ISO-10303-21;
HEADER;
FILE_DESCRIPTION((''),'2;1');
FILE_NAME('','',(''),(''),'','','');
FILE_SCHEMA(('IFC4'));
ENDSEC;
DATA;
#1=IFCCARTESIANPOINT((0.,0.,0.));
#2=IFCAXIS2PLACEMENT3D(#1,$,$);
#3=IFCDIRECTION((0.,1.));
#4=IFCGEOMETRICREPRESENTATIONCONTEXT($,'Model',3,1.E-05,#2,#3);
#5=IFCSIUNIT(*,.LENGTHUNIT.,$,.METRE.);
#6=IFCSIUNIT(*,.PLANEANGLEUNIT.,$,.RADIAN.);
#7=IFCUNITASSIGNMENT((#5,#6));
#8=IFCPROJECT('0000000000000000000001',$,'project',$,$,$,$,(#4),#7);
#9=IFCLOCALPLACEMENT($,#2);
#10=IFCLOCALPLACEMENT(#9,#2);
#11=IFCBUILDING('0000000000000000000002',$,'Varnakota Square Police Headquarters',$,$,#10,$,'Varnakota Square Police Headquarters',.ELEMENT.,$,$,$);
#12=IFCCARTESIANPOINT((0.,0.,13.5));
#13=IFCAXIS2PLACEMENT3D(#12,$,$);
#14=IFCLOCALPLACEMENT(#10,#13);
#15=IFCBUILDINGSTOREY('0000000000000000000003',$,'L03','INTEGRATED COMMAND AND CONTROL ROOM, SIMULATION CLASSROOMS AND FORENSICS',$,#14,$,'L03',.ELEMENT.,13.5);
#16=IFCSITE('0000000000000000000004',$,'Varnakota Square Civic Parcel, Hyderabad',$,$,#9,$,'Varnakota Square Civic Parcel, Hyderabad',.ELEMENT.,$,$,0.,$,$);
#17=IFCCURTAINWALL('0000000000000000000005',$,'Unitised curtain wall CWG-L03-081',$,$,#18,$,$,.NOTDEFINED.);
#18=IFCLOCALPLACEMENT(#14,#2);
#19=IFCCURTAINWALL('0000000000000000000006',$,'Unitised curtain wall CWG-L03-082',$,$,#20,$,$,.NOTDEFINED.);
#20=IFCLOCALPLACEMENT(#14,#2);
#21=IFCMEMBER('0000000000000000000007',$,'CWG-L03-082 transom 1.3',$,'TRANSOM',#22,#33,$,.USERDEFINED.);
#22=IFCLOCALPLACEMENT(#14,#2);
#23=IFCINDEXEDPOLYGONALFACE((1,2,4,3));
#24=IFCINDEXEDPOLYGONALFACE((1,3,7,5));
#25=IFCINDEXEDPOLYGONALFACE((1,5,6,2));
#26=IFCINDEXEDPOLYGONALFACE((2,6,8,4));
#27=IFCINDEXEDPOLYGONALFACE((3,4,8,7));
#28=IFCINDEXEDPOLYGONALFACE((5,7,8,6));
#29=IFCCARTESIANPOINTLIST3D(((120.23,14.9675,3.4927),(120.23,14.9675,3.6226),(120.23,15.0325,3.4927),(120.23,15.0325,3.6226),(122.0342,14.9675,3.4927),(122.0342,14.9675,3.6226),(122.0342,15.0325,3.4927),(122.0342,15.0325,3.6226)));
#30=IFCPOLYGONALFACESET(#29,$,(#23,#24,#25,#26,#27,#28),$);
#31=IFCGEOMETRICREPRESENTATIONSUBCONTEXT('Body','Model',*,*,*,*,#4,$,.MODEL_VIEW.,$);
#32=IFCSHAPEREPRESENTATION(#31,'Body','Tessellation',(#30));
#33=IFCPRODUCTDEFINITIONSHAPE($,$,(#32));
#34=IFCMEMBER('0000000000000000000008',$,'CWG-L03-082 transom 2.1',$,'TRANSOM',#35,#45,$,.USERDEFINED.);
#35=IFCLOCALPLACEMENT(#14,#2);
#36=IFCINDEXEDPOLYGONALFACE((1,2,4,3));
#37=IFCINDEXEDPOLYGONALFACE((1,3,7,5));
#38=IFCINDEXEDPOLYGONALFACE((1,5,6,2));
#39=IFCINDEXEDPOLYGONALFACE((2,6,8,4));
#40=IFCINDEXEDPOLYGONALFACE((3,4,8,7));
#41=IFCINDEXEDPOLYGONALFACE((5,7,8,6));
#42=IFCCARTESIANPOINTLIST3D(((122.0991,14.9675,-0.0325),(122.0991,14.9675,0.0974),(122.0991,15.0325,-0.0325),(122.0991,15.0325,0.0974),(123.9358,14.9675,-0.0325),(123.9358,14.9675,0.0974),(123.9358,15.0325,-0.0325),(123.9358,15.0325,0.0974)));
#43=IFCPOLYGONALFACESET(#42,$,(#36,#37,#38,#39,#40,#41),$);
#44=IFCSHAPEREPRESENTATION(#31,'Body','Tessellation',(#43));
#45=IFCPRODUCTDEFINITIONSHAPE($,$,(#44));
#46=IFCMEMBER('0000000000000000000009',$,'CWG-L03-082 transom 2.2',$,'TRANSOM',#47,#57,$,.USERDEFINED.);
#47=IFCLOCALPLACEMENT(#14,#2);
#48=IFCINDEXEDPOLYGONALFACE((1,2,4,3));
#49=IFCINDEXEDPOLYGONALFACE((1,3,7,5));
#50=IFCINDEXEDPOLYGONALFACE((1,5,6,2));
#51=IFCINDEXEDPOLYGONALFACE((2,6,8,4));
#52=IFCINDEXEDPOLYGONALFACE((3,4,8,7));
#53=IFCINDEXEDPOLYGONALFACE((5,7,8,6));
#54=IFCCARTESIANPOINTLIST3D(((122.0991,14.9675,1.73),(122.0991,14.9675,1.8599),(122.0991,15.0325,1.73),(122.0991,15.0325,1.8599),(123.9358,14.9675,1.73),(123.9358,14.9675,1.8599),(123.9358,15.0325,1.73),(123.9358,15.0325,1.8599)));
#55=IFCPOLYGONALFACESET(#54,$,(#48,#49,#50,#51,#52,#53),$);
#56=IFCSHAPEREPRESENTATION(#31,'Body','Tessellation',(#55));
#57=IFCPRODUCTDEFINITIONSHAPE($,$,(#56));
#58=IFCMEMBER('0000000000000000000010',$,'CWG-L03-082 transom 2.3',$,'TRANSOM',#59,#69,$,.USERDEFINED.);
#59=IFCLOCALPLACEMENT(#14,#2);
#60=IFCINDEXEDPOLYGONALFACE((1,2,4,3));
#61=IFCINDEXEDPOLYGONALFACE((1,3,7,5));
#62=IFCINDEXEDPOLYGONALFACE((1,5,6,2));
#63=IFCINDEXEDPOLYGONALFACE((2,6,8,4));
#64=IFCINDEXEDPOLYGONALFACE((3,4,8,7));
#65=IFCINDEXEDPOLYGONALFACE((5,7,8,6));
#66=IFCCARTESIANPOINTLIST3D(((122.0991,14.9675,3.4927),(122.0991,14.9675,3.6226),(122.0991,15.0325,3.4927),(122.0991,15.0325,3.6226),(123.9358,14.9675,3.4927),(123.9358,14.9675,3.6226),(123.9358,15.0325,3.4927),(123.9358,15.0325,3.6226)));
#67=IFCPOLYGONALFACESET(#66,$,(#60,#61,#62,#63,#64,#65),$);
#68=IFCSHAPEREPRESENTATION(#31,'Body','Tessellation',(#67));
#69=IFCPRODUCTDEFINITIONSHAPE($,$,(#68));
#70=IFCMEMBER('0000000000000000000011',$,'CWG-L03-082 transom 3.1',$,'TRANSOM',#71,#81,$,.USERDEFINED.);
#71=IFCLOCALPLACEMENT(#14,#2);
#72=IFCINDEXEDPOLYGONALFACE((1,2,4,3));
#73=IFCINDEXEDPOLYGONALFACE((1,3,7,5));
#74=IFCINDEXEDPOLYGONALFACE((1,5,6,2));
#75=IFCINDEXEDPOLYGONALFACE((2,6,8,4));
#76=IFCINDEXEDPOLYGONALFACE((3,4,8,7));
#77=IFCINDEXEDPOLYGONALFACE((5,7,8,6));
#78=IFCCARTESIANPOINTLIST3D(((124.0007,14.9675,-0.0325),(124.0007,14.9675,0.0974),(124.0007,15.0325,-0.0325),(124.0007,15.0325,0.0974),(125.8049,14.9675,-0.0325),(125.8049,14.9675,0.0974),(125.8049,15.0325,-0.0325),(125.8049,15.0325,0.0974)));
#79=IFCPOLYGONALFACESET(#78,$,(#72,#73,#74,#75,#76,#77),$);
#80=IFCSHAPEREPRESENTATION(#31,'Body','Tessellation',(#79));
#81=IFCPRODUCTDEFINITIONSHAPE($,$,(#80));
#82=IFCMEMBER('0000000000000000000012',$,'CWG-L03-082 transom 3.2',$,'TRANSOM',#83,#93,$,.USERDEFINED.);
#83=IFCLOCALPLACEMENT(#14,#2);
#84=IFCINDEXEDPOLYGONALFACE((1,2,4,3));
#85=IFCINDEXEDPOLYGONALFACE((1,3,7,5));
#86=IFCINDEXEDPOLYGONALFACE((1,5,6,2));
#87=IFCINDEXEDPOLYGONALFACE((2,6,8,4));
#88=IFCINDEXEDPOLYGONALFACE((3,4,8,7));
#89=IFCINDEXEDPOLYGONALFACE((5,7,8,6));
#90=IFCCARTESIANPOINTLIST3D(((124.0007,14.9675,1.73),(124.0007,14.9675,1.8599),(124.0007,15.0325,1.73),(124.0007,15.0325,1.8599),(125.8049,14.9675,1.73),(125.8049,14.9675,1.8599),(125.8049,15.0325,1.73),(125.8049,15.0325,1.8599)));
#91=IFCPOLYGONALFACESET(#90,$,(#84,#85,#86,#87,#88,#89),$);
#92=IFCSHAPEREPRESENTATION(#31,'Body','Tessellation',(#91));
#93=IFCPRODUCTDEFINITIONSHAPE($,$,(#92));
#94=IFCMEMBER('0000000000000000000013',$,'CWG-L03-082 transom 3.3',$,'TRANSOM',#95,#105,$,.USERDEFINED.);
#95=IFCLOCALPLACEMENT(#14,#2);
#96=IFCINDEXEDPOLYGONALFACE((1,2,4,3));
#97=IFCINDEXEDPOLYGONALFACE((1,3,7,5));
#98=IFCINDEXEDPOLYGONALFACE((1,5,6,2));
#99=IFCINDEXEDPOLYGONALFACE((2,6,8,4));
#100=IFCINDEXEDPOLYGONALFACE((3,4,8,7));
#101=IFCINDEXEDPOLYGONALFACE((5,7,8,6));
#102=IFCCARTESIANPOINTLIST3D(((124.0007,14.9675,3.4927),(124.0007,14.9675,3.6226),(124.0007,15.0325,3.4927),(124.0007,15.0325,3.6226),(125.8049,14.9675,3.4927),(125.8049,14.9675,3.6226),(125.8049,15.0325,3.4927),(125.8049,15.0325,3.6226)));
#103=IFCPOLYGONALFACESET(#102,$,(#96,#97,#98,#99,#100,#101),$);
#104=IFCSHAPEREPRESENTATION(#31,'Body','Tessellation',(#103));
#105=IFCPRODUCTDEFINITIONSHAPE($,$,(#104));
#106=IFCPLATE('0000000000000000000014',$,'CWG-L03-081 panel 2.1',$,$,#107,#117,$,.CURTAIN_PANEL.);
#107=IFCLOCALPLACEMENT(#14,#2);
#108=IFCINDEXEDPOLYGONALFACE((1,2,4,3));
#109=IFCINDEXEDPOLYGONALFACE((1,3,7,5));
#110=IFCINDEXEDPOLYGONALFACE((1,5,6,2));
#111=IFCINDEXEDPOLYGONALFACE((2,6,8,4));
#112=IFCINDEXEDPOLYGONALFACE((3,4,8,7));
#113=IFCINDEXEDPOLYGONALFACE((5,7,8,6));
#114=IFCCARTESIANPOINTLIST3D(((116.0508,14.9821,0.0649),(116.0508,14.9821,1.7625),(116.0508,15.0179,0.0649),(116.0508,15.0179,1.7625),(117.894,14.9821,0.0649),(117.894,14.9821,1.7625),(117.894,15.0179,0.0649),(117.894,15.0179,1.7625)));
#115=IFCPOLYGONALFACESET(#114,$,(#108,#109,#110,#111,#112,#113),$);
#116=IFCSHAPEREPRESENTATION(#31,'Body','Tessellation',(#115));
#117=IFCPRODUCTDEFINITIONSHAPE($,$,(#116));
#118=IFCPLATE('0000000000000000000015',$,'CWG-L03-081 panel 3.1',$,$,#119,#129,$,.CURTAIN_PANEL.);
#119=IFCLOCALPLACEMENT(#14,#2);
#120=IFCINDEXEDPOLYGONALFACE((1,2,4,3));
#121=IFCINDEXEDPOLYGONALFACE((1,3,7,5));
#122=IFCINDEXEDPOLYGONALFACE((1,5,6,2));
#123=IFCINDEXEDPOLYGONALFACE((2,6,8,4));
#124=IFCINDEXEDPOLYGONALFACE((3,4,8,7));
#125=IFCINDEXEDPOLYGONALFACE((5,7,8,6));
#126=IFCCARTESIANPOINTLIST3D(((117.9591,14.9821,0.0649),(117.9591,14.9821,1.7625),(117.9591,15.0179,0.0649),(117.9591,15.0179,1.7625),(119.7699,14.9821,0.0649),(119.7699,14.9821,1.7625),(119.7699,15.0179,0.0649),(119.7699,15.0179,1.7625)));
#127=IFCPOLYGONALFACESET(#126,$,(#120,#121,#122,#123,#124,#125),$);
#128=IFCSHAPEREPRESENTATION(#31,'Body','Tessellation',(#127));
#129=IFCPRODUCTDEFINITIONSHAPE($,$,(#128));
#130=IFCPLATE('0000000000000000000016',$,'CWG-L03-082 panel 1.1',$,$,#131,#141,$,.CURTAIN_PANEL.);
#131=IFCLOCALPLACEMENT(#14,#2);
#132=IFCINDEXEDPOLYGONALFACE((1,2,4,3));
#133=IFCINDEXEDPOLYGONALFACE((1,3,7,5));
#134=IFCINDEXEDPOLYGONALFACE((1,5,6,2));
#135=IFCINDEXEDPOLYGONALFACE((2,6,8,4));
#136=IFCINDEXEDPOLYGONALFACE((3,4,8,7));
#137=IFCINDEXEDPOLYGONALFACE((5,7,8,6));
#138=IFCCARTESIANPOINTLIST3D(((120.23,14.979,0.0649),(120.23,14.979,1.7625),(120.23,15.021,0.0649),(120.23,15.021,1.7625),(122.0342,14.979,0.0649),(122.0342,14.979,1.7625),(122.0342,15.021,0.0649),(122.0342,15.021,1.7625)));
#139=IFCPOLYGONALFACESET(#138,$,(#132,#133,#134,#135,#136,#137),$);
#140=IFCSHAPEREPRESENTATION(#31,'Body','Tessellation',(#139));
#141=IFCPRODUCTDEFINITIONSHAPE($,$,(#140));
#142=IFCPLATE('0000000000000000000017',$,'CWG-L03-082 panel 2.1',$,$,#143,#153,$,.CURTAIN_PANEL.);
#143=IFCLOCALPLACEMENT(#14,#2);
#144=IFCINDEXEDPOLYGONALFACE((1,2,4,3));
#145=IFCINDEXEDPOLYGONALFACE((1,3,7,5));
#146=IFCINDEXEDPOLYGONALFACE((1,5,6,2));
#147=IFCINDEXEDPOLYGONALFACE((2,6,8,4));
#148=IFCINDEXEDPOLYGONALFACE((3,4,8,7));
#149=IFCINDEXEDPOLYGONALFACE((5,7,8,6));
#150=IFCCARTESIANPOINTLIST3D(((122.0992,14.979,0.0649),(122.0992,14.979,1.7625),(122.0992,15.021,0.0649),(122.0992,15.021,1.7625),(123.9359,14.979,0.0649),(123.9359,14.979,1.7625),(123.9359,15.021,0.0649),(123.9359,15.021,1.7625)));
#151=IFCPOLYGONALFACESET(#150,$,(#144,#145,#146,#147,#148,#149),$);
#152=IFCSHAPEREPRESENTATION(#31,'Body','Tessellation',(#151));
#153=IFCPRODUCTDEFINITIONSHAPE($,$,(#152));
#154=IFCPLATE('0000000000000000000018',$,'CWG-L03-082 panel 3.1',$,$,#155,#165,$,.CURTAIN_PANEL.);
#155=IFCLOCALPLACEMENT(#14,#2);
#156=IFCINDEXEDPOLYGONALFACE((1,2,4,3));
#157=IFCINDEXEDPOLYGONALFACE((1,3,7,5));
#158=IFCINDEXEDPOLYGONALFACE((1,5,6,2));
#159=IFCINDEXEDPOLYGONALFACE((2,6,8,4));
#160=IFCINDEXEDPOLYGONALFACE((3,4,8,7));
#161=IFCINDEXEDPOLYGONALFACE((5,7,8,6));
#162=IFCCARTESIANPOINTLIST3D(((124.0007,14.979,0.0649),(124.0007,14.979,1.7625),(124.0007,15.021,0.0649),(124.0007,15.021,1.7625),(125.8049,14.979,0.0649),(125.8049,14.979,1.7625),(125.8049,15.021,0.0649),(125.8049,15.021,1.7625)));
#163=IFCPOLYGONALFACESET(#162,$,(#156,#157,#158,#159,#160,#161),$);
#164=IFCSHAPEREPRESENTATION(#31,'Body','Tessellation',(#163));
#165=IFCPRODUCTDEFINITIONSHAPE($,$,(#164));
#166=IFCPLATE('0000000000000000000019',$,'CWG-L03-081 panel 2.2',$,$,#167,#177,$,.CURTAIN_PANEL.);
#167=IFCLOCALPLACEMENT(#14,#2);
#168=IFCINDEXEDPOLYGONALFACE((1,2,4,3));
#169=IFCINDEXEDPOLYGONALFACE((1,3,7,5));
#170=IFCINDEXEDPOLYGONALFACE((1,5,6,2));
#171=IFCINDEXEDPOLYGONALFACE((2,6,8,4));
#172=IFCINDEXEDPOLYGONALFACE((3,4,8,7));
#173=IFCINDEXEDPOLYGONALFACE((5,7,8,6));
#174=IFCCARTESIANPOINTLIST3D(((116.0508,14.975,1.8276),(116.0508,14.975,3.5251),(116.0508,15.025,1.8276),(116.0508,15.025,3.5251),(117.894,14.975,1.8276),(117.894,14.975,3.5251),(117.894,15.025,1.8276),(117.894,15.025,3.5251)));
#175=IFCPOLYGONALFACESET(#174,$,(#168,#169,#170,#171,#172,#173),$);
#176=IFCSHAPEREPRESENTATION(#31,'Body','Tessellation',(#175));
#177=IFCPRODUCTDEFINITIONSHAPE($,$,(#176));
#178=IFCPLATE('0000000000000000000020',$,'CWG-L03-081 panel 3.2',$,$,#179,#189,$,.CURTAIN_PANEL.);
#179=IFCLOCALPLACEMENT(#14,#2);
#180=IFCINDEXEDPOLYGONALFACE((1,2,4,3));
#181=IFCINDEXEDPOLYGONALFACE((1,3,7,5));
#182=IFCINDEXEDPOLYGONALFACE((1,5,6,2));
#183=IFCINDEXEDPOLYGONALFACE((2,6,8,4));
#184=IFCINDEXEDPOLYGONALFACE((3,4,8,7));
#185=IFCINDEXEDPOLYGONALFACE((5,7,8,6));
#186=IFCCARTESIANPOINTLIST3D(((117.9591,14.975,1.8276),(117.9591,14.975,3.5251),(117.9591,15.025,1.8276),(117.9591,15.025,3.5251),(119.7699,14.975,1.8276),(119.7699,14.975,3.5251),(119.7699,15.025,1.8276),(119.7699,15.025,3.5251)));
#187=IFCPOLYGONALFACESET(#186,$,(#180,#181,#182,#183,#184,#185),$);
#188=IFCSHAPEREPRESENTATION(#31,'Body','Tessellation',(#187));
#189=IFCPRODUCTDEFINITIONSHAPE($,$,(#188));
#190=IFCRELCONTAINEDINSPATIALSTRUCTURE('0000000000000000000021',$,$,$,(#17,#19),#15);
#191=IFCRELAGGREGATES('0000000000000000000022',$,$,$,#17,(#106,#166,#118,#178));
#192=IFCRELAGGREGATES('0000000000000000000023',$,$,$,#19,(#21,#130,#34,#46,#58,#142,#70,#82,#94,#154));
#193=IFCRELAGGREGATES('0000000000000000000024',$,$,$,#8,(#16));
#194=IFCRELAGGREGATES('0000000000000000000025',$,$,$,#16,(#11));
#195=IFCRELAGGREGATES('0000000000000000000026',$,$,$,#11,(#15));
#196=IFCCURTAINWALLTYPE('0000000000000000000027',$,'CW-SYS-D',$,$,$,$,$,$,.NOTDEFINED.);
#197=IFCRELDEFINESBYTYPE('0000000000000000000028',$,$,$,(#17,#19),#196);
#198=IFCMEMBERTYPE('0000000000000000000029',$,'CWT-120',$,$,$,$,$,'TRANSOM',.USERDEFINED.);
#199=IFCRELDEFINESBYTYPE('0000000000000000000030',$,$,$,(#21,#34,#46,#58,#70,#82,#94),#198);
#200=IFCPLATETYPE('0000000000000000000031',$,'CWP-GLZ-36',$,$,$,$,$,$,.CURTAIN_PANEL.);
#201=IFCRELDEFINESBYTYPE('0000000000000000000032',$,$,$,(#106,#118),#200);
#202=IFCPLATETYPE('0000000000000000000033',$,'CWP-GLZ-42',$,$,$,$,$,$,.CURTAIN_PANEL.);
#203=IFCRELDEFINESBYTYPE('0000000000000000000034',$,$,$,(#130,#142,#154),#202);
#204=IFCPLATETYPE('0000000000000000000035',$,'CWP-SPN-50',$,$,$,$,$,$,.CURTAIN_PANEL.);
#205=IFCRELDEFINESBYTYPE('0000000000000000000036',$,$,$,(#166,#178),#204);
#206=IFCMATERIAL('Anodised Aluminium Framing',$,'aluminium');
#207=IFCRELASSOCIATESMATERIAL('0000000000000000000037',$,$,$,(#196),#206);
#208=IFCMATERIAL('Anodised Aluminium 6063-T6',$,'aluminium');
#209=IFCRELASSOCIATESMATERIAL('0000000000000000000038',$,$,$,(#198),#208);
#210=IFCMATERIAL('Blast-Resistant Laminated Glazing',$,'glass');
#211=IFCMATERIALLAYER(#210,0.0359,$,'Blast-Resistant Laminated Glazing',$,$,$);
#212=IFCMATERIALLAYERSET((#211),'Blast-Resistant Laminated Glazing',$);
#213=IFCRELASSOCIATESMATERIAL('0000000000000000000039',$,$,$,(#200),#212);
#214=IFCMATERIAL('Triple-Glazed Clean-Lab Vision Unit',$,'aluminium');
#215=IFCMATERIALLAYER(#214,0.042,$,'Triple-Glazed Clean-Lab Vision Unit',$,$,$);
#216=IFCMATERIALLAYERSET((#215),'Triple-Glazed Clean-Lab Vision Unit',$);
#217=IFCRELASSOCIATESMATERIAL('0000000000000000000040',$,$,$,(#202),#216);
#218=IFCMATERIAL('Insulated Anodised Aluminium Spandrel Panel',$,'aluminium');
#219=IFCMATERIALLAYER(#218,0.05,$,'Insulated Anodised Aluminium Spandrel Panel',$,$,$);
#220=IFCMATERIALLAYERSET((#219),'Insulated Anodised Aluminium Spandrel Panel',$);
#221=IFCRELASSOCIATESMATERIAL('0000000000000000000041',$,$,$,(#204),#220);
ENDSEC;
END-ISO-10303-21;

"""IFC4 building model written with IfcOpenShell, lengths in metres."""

from ifc_helpers import new_model, si_unit, direction, frame, origin, origin_2d, place, context, subcontext, project, spatial, rectangle, extrude, material, layer, layer_set, material_profile, profile_set, type_object, element, aggregate, save


model = new_model("IFC4")

# Units and contexts
model_context = context("Model", 3, precision=1e-05, world=origin(), true_north=direction((0.0, 1.0)))
body_context = subcontext(model_context, "Body", "Model", "MODEL_VIEW")
ifc_project = project(units=[si_unit("LENGTHUNIT", "METRE"), si_unit("PLANEANGLEUNIT", "RADIAN")], contexts=[model_context])

# Site, building, storey
site_placement = place(None, origin())
site = spatial("IfcSite", under=ifc_project, at=site_placement, Name="Varnakota Square Civic Parcel, Hyderabad", LongName="Varnakota Square Civic Parcel, Hyderabad", CompositionType="ELEMENT", RefElevation=0.0)
building_placement = place(site_placement, origin())
building = spatial("IfcBuilding", under=site, at=building_placement, Name="Varnakota Square Police Headquarters", LongName="Varnakota Square Police Headquarters", CompositionType="ELEMENT")
storey_placement = place(building_placement, frame((0.0, 0.0, 13.5)))
storey = spatial("IfcBuildingStorey", under=building, at=storey_placement, Name="L03", Description="INTEGRATED COMMAND AND CONTROL ROOM, SIMULATION CLASSROOMS AND FORENSICS", LongName="L03", CompositionType="ELEMENT", Elevation=13.5)

# Curtain walls
ifc_material_1 = material(Name="Anodised Aluminium Framing", Category="aluminium")
curtain_wall_type = type_object("IfcCurtainWallType", Name="CW-SYS-D", PredefinedType="NOTDEFINED", material=ifc_material_1)
curtain_wall_1_placement = place(storey_placement, origin())
curtain_wall_1 = element("IfcCurtainWall", 1, at=curtain_wall_1_placement, inside=storey, type_object=curtain_wall_type, Name="Unitised curtain wall CWG-L03-081", PredefinedType="NOTDEFINED")
ifc_material_2 = material(Name="Anodised Aluminium 6063-T6", Category="aluminium")
curtain_wall_2_placement = place(storey_placement, origin())
curtain_wall_2 = element("IfcCurtainWall", 2, at=curtain_wall_2_placement, inside=storey, type_object=curtain_wall_type, Name="Unitised curtain wall CWG-L03-082", PredefinedType="NOTDEFINED")

# Members
ifc_material_profile_1 = material_profile(ifc_material_2, rectangle(XDim=0.0649, YDim=0.1299, at=origin_2d()), Name="ALU TRANSOM 65x130")
ifc_profile_set_1 = profile_set([ifc_material_profile_1], Name="Anodised Aluminium 6063-T6")
member_type_1 = type_object("IfcMemberType", Name="CWT-120", ElementType="TRANSOM", PredefinedType="USERDEFINED", material=ifc_profile_set_1)
member_1_placement = place(storey_placement, frame((120.23, 15.0, 3.5576), z_axis=(1.0, 0.0, 0.0), x_axis=(0.0, 1.0, 0.0)))
member_1 = element("IfcMember", 3, at=member_1_placement, type_object=member_type_1, Name="CWG-L03-082 transom 1.3", ObjectType="TRANSOM", PredefinedType="USERDEFINED", context=body_context, shape_type="SweptSolid", body=[
    extrude(rectangle(XDim=0.0649, YDim=0.1299, at=origin_2d()), origin(), (0.0, 0.0, 1.0), 1.8042),
])
member_2_placement = place(storey_placement, frame((122.0991, 15.0, 0.0325), z_axis=(1.0, 0.0, 0.0), x_axis=(0.0, 1.0, 0.0)))
member_2 = element("IfcMember", 4, at=member_2_placement, type_object=member_type_1, Name="CWG-L03-082 transom 2.1", ObjectType="TRANSOM", PredefinedType="USERDEFINED", context=body_context, shape_type="SweptSolid", body=[
    extrude(rectangle(XDim=0.0649, YDim=0.1299, at=origin_2d()), origin(), (0.0, 0.0, 1.0), 1.8367),
])
member_3_placement = place(storey_placement, frame((122.0991, 15.0, 1.7949), z_axis=(1.0, 0.0, 0.0), x_axis=(0.0, 1.0, 0.0)))
member_3 = element("IfcMember", 5, at=member_3_placement, type_object=member_type_1, Name="CWG-L03-082 transom 2.2", ObjectType="TRANSOM", PredefinedType="USERDEFINED", context=body_context, shape_type="SweptSolid", body=[
    extrude(rectangle(XDim=0.0649, YDim=0.1299, at=origin_2d()), origin(), (0.0, 0.0, 1.0), 1.8367),
])
member_4_placement = place(storey_placement, frame((122.0991, 15.0, 3.5576), z_axis=(1.0, 0.0, 0.0), x_axis=(0.0, 1.0, 0.0)))
member_4 = element("IfcMember", 6, at=member_4_placement, type_object=member_type_1, Name="CWG-L03-082 transom 2.3", ObjectType="TRANSOM", PredefinedType="USERDEFINED", context=body_context, shape_type="SweptSolid", body=[
    extrude(rectangle(XDim=0.0649, YDim=0.1299, at=origin_2d()), origin(), (0.0, 0.0, 1.0), 1.8367),
])
member_5_placement = place(storey_placement, frame((124.0007, 15.0, 0.0325), z_axis=(1.0, 0.0, 0.0), x_axis=(0.0, 1.0, 0.0)))
member_5 = element("IfcMember", 7, at=member_5_placement, type_object=member_type_1, Name="CWG-L03-082 transom 3.1", ObjectType="TRANSOM", PredefinedType="USERDEFINED", context=body_context, shape_type="SweptSolid", body=[
    extrude(rectangle(XDim=0.0649, YDim=0.1299, at=origin_2d()), origin(), (0.0, 0.0, 1.0), 1.8042),
])
member_6_placement = place(storey_placement, frame((124.0007, 15.0, 1.7949), z_axis=(1.0, 0.0, 0.0), x_axis=(0.0, 1.0, 0.0)))
member_6 = element("IfcMember", 8, at=member_6_placement, type_object=member_type_1, Name="CWG-L03-082 transom 3.2", ObjectType="TRANSOM", PredefinedType="USERDEFINED", context=body_context, shape_type="SweptSolid", body=[
    extrude(rectangle(XDim=0.0649, YDim=0.1299, at=origin_2d()), origin(), (0.0, 0.0, 1.0), 1.8042),
])
member_7_placement = place(storey_placement, frame((124.0007, 15.0, 3.5576), z_axis=(1.0, 0.0, 0.0), x_axis=(0.0, 1.0, 0.0)))
member_7 = element("IfcMember", 9, at=member_7_placement, type_object=member_type_1, Name="CWG-L03-082 transom 3.3", ObjectType="TRANSOM", PredefinedType="USERDEFINED", context=body_context, shape_type="SweptSolid", body=[
    extrude(rectangle(XDim=0.0649, YDim=0.1299, at=origin_2d()), origin(), (0.0, 0.0, 1.0), 1.8042),
])

# Plates
ifc_material_3 = material(Name="Blast-Resistant Laminated Glazing", Category="glass")
ifc_layer_1 = layer(ifc_material_3, 0.0359, Name="Blast-Resistant Laminated Glazing")
ifc_layer_set_1 = layer_set([ifc_layer_1], Name="Blast-Resistant Laminated Glazing")
plate_type_1 = type_object("IfcPlateType", Name="CWP-GLZ-36", PredefinedType="CURTAIN_PANEL", material=ifc_layer_set_1)
plate_1_placement = place(storey_placement, frame((116.9724, 15.0, 0.0649), z_axis=(0.0, 0.0, 1.0), x_axis=(1.0, 0.0, 0.0)))
plate_1 = element("IfcPlate", 10, at=plate_1_placement, type_object=plate_type_1, Name="CWG-L03-081 panel 2.1", PredefinedType="CURTAIN_PANEL", context=body_context, shape_type="SweptSolid", body=[
    extrude(rectangle(XDim=1.8433, YDim=0.0359, at=origin_2d()), origin(), (0.0, 0.0, 1.0), 1.6975),
])
plate_2_placement = place(storey_placement, frame((118.8645, 15.0, 0.0649), z_axis=(0.0, 0.0, 1.0), x_axis=(1.0, 0.0, 0.0)))
plate_2 = element("IfcPlate", 11, at=plate_2_placement, type_object=plate_type_1, Name="CWG-L03-081 panel 3.1", PredefinedType="CURTAIN_PANEL", context=body_context, shape_type="SweptSolid", body=[
    extrude(rectangle(XDim=1.8108, YDim=0.0359, at=origin_2d()), origin(), (0.0, 0.0, 1.0), 1.6975),
])
ifc_material_4 = material(Name="Triple-Glazed Clean-Lab Vision Unit", Category="aluminium")
ifc_layer_2 = layer(ifc_material_4, 0.042, Name="Triple-Glazed Clean-Lab Vision Unit")
ifc_layer_set_2 = layer_set([ifc_layer_2], Name="Triple-Glazed Clean-Lab Vision Unit")
plate_type_2 = type_object("IfcPlateType", Name="CWP-GLZ-42", PredefinedType="CURTAIN_PANEL", material=ifc_layer_set_2)
plate_3_placement = place(storey_placement, frame((121.1321, 15.0, 0.0649), z_axis=(0.0, 0.0, 1.0), x_axis=(1.0, 0.0, 0.0)))
plate_3 = element("IfcPlate", 12, at=plate_3_placement, type_object=plate_type_2, Name="CWG-L03-082 panel 1.1", PredefinedType="CURTAIN_PANEL", context=body_context, shape_type="SweptSolid", body=[
    extrude(rectangle(XDim=1.8042, YDim=0.042, at=origin_2d()), origin(), (0.0, 0.0, 1.0), 1.6975),
])
plate_4_placement = place(storey_placement, frame((123.0176, 15.0, 0.0649), z_axis=(0.0, 0.0, 1.0), x_axis=(1.0, 0.0, 0.0)))
plate_4 = element("IfcPlate", 13, at=plate_4_placement, type_object=plate_type_2, Name="CWG-L03-082 panel 2.1", PredefinedType="CURTAIN_PANEL", context=body_context, shape_type="SweptSolid", body=[
    extrude(rectangle(XDim=1.8367, YDim=0.042, at=origin_2d()), origin(), (0.0, 0.0, 1.0), 1.6975),
])
plate_5_placement = place(storey_placement, frame((124.9028, 15.0, 0.0649), z_axis=(0.0, 0.0, 1.0), x_axis=(1.0, 0.0, 0.0)))
plate_5 = element("IfcPlate", 14, at=plate_5_placement, type_object=plate_type_2, Name="CWG-L03-082 panel 3.1", PredefinedType="CURTAIN_PANEL", context=body_context, shape_type="SweptSolid", body=[
    extrude(rectangle(XDim=1.8042, YDim=0.042, at=origin_2d()), origin(), (0.0, 0.0, 1.0), 1.6975),
])
ifc_material_5 = material(Name="Insulated Anodised Aluminium Spandrel Panel", Category="aluminium")
ifc_layer_3 = layer(ifc_material_5, 0.05, Name="Insulated Anodised Aluminium Spandrel Panel")
ifc_layer_set_3 = layer_set([ifc_layer_3], Name="Insulated Anodised Aluminium Spandrel Panel")
plate_type_3 = type_object("IfcPlateType", Name="CWP-SPN-50", PredefinedType="CURTAIN_PANEL", material=ifc_layer_set_3)
plate_6_placement = place(storey_placement, frame((116.9724, 15.0, 1.8276), z_axis=(0.0, 0.0, 1.0), x_axis=(1.0, 0.0, 0.0)))
plate_6 = element("IfcPlate", 15, at=plate_6_placement, type_object=plate_type_3, Name="CWG-L03-081 panel 2.2", PredefinedType="CURTAIN_PANEL", context=body_context, shape_type="SweptSolid", body=[
    extrude(rectangle(XDim=1.8433, YDim=0.05, at=origin_2d()), origin(), (0.0, 0.0, 1.0), 1.6975),
])
plate_7_placement = place(storey_placement, frame((118.8645, 15.0, 1.8276), z_axis=(0.0, 0.0, 1.0), x_axis=(1.0, 0.0, 0.0)))
plate_7 = element("IfcPlate", 16, at=plate_7_placement, type_object=plate_type_3, Name="CWG-L03-081 panel 3.2", PredefinedType="CURTAIN_PANEL", context=body_context, shape_type="SweptSolid", body=[
    extrude(rectangle(XDim=1.8108, YDim=0.05, at=origin_2d()), origin(), (0.0, 0.0, 1.0), 1.6975),
])
aggregate(curtain_wall_1, [plate_1, plate_6, plate_2, plate_7])
aggregate(curtain_wall_2, [member_1, plate_3, member_2, member_3, member_4, plate_4, member_5, member_6, member_7, plate_5])

save(model, "model.ifc")
